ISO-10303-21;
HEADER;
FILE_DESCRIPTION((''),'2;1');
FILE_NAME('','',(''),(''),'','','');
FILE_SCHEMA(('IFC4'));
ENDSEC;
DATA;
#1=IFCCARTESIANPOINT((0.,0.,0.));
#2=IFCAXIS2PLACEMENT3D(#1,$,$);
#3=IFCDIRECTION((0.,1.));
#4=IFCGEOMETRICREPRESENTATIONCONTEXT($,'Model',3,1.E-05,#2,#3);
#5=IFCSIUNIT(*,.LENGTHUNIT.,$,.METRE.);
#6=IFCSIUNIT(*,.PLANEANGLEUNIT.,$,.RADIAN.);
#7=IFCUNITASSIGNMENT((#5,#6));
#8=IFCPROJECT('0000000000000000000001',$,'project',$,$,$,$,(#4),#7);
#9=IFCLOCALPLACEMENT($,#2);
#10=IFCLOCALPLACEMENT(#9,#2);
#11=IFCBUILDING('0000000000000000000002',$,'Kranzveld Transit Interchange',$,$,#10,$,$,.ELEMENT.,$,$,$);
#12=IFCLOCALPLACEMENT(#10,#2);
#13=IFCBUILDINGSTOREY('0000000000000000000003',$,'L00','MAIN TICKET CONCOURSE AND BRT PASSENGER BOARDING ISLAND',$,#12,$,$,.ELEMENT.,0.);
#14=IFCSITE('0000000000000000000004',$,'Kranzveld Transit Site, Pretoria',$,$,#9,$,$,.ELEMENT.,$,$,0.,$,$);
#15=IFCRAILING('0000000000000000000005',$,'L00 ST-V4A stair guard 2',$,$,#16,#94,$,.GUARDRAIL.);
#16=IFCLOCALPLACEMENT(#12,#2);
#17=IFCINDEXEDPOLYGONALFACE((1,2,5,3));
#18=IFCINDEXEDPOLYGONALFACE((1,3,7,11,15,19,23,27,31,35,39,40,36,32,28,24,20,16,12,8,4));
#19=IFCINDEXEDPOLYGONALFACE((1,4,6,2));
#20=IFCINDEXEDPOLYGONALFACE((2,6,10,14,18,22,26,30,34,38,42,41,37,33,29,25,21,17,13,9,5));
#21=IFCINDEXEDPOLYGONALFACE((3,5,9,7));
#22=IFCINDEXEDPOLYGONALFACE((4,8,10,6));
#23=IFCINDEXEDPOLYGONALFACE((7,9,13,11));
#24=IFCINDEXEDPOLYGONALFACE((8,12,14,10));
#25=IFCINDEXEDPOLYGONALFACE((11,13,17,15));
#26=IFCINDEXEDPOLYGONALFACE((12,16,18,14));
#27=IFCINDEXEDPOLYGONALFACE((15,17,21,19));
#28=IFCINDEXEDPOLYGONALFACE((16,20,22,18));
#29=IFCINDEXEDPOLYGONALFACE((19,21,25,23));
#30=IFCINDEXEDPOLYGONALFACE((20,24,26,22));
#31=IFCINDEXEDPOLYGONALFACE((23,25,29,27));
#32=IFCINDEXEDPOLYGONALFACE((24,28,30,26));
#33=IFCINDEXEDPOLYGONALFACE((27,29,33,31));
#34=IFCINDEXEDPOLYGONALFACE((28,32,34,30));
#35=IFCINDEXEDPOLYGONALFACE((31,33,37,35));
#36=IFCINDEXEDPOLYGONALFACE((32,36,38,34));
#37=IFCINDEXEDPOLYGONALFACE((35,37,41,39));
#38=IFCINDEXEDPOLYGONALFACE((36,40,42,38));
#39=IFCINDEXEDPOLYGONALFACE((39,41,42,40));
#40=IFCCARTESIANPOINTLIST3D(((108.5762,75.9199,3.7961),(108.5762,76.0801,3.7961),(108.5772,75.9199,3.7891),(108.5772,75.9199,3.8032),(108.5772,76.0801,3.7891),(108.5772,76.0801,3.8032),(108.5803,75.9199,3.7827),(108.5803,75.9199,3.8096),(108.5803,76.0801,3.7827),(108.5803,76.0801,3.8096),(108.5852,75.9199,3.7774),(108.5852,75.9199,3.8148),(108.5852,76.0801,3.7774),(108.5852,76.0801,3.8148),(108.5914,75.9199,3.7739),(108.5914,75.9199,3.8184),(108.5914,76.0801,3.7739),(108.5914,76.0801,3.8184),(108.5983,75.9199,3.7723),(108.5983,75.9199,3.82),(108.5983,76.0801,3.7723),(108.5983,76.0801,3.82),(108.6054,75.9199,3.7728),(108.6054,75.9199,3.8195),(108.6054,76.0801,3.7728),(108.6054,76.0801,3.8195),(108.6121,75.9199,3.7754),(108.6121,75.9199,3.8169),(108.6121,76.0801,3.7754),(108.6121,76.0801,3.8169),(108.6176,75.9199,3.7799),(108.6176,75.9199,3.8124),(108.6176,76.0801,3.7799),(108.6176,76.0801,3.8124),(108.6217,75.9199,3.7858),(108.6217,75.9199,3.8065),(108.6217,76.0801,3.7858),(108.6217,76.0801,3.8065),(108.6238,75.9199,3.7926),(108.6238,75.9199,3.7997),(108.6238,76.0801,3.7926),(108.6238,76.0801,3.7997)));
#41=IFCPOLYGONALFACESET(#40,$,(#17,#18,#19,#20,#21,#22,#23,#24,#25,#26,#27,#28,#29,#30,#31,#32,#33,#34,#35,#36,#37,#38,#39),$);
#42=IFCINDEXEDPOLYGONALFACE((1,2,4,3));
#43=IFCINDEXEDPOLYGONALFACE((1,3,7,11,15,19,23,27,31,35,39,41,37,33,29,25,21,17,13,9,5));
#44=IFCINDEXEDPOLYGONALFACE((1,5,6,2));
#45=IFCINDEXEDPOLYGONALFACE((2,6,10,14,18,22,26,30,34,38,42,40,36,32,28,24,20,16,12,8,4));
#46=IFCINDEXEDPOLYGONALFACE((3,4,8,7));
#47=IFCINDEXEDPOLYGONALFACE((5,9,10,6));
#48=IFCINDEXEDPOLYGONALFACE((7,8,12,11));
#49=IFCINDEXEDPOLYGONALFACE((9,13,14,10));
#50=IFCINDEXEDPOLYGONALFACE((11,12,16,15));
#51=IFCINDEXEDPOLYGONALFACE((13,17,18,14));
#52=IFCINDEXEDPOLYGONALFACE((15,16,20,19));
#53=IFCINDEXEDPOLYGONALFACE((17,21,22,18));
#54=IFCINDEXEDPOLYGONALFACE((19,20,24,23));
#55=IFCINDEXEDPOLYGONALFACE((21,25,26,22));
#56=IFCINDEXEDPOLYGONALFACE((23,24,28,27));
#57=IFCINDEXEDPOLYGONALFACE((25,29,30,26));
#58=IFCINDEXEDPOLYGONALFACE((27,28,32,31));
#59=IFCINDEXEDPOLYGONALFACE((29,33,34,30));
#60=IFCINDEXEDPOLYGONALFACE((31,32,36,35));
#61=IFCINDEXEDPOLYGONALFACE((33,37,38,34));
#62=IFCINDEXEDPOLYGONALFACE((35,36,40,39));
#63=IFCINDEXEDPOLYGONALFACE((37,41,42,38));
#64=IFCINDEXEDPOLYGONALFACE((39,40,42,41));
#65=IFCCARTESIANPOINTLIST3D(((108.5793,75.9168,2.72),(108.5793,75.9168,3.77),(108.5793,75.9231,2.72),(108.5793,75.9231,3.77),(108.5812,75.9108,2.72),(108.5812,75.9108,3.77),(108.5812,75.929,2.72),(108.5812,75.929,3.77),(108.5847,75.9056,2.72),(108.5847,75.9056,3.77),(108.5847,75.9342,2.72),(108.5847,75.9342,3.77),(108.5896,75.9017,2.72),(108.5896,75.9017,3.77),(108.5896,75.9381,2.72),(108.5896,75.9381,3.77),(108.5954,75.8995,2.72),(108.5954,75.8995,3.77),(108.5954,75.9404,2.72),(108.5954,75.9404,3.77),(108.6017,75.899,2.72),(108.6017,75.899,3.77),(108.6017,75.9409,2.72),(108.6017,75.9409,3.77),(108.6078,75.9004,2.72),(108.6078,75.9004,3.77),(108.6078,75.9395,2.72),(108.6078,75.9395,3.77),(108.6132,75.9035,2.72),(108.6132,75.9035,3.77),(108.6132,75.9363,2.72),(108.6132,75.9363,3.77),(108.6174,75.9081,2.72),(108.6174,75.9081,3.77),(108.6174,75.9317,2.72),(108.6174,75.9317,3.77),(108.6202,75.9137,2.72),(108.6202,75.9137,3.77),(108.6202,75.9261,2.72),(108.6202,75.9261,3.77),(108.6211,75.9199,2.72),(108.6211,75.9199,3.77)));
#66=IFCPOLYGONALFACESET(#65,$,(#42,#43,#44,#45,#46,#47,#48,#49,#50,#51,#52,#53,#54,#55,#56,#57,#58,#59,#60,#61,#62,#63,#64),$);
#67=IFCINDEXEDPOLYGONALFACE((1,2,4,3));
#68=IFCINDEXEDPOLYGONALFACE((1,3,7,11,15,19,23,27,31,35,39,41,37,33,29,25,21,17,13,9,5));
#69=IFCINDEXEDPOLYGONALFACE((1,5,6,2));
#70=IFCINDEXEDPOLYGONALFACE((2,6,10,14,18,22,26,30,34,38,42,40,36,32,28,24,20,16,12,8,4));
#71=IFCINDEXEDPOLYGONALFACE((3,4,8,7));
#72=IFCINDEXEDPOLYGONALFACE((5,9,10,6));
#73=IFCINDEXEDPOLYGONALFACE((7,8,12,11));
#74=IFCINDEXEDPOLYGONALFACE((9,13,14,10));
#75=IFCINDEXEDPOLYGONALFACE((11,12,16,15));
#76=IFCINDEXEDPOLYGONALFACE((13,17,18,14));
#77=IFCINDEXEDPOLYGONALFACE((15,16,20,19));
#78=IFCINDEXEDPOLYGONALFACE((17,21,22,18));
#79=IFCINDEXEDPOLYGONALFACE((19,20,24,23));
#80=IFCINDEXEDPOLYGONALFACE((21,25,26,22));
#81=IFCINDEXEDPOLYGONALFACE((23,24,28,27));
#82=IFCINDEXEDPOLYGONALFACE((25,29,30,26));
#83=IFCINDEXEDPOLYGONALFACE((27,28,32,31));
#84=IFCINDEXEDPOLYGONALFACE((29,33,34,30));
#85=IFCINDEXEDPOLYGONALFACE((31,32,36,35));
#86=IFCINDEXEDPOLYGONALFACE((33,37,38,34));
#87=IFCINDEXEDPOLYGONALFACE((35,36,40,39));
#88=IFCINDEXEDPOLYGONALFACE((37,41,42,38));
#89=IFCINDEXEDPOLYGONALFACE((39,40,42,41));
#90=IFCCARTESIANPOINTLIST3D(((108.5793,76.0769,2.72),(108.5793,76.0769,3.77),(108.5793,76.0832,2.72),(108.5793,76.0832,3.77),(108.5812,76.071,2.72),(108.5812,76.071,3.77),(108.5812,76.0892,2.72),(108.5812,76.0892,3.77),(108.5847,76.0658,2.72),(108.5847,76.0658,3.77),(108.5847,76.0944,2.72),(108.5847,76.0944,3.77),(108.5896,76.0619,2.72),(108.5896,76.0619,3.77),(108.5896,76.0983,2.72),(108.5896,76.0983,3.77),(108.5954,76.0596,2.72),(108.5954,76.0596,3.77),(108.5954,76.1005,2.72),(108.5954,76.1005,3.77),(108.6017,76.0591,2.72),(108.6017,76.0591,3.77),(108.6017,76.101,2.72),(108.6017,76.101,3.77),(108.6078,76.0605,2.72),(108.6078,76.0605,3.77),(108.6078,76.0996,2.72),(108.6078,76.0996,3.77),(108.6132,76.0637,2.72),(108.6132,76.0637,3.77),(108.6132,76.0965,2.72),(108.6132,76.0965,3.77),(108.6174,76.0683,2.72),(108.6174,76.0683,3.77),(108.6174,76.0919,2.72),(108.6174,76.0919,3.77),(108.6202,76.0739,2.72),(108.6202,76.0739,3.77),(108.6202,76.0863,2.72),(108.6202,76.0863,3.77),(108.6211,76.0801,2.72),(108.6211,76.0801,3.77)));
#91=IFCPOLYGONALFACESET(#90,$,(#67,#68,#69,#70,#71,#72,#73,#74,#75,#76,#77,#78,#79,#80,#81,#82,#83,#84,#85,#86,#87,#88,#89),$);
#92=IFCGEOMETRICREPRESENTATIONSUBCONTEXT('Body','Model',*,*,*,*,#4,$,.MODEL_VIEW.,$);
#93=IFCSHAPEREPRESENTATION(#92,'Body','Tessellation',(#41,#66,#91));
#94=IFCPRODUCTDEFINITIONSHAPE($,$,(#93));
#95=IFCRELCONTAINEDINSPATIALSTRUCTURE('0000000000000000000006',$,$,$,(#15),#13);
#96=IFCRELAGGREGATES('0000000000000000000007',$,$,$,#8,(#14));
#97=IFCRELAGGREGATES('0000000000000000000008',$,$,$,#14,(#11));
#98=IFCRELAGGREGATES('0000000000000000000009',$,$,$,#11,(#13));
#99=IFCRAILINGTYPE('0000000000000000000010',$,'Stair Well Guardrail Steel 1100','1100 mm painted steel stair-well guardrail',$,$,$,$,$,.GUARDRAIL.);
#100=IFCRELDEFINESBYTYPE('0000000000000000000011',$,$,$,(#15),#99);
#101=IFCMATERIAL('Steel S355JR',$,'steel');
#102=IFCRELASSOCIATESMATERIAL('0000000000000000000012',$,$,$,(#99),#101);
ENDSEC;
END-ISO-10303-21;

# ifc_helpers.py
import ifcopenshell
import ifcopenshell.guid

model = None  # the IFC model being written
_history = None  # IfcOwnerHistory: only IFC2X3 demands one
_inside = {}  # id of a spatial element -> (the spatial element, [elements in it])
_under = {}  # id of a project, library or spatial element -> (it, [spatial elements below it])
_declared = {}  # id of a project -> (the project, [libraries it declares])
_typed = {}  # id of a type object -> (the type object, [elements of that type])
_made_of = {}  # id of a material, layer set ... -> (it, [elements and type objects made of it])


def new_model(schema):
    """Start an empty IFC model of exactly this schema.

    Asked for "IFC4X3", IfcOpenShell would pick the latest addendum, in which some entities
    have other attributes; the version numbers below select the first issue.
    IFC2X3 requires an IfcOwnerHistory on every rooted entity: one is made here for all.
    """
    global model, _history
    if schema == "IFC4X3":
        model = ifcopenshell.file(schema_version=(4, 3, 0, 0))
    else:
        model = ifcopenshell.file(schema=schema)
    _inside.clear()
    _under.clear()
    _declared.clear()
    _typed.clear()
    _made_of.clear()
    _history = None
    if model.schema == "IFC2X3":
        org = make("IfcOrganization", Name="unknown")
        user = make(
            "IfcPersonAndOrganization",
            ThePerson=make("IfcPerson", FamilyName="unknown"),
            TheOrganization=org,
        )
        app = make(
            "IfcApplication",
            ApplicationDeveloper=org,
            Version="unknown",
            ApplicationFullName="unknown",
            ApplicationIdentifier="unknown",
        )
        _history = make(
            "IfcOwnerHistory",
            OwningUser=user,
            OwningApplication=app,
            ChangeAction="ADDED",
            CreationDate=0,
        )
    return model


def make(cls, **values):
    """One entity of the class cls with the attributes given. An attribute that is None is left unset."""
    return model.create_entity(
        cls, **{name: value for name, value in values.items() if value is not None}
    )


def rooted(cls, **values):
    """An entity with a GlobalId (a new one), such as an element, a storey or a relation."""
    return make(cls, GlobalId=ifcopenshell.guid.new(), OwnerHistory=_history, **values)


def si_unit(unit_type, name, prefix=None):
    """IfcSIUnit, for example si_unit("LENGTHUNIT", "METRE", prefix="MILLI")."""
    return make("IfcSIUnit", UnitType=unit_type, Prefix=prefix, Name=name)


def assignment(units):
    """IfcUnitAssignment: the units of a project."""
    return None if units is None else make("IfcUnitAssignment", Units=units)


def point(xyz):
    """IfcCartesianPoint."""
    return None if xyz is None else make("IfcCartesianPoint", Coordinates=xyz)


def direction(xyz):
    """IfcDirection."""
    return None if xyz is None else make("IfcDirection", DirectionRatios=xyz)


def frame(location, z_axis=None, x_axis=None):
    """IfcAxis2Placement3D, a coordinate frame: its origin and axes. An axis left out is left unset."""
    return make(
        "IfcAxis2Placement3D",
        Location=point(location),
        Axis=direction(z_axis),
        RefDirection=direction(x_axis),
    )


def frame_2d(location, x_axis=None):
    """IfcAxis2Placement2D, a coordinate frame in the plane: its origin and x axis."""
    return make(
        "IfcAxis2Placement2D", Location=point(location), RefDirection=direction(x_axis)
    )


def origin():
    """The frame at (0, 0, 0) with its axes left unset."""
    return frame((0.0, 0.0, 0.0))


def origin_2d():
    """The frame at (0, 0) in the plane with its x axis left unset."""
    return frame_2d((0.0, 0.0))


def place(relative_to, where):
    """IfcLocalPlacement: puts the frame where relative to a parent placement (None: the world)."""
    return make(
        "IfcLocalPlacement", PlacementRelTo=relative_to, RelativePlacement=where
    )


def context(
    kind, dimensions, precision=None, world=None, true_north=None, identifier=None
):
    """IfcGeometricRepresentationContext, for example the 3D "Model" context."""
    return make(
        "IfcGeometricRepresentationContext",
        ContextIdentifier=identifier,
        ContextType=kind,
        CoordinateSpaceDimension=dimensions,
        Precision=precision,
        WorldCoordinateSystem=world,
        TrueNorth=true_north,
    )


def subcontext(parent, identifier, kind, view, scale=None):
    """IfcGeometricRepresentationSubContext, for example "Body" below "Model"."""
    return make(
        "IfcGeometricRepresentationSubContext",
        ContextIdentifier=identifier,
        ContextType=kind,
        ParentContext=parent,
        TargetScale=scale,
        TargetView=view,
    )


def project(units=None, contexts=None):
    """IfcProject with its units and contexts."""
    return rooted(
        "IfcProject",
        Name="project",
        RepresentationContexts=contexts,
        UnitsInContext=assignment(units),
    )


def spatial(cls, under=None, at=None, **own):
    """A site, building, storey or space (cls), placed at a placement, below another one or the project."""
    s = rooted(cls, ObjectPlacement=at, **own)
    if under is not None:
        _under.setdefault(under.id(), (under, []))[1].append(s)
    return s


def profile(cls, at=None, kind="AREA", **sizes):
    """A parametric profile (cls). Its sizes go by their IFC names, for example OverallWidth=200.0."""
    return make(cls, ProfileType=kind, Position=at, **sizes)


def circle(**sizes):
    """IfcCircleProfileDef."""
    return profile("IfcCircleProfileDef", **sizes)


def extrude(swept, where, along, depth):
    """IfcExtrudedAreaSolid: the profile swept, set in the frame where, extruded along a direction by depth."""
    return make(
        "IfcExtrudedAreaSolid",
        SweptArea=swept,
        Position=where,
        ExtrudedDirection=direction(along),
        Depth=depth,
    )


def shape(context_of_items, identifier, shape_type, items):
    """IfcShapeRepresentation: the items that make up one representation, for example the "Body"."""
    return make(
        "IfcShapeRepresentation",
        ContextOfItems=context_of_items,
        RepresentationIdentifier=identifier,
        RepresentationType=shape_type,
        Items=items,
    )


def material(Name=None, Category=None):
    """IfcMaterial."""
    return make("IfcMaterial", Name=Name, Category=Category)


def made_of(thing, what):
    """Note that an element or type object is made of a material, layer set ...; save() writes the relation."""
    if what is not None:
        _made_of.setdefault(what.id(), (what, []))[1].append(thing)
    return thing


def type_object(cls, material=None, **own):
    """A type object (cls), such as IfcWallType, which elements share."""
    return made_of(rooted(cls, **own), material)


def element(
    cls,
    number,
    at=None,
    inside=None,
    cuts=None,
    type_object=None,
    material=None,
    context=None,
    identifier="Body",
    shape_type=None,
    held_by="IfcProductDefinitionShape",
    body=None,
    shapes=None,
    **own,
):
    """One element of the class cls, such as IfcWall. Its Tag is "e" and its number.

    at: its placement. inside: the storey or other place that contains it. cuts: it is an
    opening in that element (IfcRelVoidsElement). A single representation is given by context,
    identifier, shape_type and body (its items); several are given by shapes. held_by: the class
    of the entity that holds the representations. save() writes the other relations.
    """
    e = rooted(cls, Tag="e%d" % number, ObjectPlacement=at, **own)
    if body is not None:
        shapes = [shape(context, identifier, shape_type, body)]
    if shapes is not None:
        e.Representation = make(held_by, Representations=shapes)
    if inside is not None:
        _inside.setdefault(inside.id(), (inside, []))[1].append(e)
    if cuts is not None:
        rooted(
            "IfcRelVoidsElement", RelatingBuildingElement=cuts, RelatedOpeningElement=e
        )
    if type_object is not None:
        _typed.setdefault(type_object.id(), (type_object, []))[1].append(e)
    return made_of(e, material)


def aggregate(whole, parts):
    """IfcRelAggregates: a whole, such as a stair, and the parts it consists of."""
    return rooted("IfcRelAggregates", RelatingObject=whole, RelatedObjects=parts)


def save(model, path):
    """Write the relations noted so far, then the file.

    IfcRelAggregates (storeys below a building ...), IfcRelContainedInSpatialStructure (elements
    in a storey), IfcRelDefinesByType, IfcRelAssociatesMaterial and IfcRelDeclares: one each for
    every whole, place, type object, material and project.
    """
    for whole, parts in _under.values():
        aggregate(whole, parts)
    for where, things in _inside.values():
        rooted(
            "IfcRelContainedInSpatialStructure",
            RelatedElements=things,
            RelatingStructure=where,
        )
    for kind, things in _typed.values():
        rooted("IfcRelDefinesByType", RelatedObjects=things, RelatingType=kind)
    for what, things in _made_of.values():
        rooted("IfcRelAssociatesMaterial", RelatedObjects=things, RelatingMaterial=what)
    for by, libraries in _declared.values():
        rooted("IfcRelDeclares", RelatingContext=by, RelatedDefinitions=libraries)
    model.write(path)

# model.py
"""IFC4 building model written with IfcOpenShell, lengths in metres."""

from ifc_helpers import new_model, si_unit, direction, frame, origin, origin_2d, place, context, subcontext, project, spatial, circle, extrude, material, type_object, element, save


model = new_model("IFC4")

# Units and contexts
model_context = context("Model", 3, precision=1e-05, world=origin(), true_north=direction((0.0, 1.0)))
body_context = subcontext(model_context, "Body", "Model", "MODEL_VIEW")
ifc_project = project(units=[si_unit("LENGTHUNIT", "METRE"), si_unit("PLANEANGLEUNIT", "RADIAN")], contexts=[model_context])

# Site, building, storey
site_placement = place(None, origin())
site = spatial("IfcSite", under=ifc_project, at=site_placement, Name="Kranzveld Transit Site, Pretoria", CompositionType="ELEMENT", RefElevation=0.0)
building_placement = place(site_placement, origin())
building = spatial("IfcBuilding", under=site, at=building_placement, Name="Kranzveld Transit Interchange", CompositionType="ELEMENT")
storey_placement = place(building_placement, origin())
storey = spatial("IfcBuildingStorey", under=building, at=storey_placement, Name="L00", Description="MAIN TICKET CONCOURSE AND BRT PASSENGER BOARDING ISLAND", CompositionType="ELEMENT", Elevation=0.0)

# Railing
ifc_material_1 = material(Name="Steel S355JR", Category="steel")
railing_type_1 = type_object("IfcRailingType", Name="Stair Well Guardrail Steel 1100", Description="1100 mm painted steel stair-well guardrail", PredefinedType="GUARDRAIL", material=ifc_material_1)
railing_1_placement = place(storey_placement, frame((108.6001, 75.9199, 2.72)))
element("IfcRailing", 1, at=railing_1_placement, inside=storey, type_object=railing_type_1, Name="L00 ST-V4A stair guard 2", PredefinedType="GUARDRAIL", context=body_context, shape_type="SweptSolid", body=[
    extrude(circle(Radius=0.0239, at=origin_2d()), frame((0.0, 0.0, 1.0762), z_axis=(0.0, 1.0, 0.0), x_axis=(-1.0, 0.0, 0.0)), (0.0, 0.0, 1.0), 0.1602),
    extrude(circle(Radius=0.021, at=origin_2d()), origin(), (0.0, 0.0, 1.0), 1.05),
    extrude(circle(Radius=0.021, at=origin_2d()), frame((0.0, 0.1602, 0.0)), (0.0, 0.0, 1.0), 1.05),
])

save(model, "model.ifc")
